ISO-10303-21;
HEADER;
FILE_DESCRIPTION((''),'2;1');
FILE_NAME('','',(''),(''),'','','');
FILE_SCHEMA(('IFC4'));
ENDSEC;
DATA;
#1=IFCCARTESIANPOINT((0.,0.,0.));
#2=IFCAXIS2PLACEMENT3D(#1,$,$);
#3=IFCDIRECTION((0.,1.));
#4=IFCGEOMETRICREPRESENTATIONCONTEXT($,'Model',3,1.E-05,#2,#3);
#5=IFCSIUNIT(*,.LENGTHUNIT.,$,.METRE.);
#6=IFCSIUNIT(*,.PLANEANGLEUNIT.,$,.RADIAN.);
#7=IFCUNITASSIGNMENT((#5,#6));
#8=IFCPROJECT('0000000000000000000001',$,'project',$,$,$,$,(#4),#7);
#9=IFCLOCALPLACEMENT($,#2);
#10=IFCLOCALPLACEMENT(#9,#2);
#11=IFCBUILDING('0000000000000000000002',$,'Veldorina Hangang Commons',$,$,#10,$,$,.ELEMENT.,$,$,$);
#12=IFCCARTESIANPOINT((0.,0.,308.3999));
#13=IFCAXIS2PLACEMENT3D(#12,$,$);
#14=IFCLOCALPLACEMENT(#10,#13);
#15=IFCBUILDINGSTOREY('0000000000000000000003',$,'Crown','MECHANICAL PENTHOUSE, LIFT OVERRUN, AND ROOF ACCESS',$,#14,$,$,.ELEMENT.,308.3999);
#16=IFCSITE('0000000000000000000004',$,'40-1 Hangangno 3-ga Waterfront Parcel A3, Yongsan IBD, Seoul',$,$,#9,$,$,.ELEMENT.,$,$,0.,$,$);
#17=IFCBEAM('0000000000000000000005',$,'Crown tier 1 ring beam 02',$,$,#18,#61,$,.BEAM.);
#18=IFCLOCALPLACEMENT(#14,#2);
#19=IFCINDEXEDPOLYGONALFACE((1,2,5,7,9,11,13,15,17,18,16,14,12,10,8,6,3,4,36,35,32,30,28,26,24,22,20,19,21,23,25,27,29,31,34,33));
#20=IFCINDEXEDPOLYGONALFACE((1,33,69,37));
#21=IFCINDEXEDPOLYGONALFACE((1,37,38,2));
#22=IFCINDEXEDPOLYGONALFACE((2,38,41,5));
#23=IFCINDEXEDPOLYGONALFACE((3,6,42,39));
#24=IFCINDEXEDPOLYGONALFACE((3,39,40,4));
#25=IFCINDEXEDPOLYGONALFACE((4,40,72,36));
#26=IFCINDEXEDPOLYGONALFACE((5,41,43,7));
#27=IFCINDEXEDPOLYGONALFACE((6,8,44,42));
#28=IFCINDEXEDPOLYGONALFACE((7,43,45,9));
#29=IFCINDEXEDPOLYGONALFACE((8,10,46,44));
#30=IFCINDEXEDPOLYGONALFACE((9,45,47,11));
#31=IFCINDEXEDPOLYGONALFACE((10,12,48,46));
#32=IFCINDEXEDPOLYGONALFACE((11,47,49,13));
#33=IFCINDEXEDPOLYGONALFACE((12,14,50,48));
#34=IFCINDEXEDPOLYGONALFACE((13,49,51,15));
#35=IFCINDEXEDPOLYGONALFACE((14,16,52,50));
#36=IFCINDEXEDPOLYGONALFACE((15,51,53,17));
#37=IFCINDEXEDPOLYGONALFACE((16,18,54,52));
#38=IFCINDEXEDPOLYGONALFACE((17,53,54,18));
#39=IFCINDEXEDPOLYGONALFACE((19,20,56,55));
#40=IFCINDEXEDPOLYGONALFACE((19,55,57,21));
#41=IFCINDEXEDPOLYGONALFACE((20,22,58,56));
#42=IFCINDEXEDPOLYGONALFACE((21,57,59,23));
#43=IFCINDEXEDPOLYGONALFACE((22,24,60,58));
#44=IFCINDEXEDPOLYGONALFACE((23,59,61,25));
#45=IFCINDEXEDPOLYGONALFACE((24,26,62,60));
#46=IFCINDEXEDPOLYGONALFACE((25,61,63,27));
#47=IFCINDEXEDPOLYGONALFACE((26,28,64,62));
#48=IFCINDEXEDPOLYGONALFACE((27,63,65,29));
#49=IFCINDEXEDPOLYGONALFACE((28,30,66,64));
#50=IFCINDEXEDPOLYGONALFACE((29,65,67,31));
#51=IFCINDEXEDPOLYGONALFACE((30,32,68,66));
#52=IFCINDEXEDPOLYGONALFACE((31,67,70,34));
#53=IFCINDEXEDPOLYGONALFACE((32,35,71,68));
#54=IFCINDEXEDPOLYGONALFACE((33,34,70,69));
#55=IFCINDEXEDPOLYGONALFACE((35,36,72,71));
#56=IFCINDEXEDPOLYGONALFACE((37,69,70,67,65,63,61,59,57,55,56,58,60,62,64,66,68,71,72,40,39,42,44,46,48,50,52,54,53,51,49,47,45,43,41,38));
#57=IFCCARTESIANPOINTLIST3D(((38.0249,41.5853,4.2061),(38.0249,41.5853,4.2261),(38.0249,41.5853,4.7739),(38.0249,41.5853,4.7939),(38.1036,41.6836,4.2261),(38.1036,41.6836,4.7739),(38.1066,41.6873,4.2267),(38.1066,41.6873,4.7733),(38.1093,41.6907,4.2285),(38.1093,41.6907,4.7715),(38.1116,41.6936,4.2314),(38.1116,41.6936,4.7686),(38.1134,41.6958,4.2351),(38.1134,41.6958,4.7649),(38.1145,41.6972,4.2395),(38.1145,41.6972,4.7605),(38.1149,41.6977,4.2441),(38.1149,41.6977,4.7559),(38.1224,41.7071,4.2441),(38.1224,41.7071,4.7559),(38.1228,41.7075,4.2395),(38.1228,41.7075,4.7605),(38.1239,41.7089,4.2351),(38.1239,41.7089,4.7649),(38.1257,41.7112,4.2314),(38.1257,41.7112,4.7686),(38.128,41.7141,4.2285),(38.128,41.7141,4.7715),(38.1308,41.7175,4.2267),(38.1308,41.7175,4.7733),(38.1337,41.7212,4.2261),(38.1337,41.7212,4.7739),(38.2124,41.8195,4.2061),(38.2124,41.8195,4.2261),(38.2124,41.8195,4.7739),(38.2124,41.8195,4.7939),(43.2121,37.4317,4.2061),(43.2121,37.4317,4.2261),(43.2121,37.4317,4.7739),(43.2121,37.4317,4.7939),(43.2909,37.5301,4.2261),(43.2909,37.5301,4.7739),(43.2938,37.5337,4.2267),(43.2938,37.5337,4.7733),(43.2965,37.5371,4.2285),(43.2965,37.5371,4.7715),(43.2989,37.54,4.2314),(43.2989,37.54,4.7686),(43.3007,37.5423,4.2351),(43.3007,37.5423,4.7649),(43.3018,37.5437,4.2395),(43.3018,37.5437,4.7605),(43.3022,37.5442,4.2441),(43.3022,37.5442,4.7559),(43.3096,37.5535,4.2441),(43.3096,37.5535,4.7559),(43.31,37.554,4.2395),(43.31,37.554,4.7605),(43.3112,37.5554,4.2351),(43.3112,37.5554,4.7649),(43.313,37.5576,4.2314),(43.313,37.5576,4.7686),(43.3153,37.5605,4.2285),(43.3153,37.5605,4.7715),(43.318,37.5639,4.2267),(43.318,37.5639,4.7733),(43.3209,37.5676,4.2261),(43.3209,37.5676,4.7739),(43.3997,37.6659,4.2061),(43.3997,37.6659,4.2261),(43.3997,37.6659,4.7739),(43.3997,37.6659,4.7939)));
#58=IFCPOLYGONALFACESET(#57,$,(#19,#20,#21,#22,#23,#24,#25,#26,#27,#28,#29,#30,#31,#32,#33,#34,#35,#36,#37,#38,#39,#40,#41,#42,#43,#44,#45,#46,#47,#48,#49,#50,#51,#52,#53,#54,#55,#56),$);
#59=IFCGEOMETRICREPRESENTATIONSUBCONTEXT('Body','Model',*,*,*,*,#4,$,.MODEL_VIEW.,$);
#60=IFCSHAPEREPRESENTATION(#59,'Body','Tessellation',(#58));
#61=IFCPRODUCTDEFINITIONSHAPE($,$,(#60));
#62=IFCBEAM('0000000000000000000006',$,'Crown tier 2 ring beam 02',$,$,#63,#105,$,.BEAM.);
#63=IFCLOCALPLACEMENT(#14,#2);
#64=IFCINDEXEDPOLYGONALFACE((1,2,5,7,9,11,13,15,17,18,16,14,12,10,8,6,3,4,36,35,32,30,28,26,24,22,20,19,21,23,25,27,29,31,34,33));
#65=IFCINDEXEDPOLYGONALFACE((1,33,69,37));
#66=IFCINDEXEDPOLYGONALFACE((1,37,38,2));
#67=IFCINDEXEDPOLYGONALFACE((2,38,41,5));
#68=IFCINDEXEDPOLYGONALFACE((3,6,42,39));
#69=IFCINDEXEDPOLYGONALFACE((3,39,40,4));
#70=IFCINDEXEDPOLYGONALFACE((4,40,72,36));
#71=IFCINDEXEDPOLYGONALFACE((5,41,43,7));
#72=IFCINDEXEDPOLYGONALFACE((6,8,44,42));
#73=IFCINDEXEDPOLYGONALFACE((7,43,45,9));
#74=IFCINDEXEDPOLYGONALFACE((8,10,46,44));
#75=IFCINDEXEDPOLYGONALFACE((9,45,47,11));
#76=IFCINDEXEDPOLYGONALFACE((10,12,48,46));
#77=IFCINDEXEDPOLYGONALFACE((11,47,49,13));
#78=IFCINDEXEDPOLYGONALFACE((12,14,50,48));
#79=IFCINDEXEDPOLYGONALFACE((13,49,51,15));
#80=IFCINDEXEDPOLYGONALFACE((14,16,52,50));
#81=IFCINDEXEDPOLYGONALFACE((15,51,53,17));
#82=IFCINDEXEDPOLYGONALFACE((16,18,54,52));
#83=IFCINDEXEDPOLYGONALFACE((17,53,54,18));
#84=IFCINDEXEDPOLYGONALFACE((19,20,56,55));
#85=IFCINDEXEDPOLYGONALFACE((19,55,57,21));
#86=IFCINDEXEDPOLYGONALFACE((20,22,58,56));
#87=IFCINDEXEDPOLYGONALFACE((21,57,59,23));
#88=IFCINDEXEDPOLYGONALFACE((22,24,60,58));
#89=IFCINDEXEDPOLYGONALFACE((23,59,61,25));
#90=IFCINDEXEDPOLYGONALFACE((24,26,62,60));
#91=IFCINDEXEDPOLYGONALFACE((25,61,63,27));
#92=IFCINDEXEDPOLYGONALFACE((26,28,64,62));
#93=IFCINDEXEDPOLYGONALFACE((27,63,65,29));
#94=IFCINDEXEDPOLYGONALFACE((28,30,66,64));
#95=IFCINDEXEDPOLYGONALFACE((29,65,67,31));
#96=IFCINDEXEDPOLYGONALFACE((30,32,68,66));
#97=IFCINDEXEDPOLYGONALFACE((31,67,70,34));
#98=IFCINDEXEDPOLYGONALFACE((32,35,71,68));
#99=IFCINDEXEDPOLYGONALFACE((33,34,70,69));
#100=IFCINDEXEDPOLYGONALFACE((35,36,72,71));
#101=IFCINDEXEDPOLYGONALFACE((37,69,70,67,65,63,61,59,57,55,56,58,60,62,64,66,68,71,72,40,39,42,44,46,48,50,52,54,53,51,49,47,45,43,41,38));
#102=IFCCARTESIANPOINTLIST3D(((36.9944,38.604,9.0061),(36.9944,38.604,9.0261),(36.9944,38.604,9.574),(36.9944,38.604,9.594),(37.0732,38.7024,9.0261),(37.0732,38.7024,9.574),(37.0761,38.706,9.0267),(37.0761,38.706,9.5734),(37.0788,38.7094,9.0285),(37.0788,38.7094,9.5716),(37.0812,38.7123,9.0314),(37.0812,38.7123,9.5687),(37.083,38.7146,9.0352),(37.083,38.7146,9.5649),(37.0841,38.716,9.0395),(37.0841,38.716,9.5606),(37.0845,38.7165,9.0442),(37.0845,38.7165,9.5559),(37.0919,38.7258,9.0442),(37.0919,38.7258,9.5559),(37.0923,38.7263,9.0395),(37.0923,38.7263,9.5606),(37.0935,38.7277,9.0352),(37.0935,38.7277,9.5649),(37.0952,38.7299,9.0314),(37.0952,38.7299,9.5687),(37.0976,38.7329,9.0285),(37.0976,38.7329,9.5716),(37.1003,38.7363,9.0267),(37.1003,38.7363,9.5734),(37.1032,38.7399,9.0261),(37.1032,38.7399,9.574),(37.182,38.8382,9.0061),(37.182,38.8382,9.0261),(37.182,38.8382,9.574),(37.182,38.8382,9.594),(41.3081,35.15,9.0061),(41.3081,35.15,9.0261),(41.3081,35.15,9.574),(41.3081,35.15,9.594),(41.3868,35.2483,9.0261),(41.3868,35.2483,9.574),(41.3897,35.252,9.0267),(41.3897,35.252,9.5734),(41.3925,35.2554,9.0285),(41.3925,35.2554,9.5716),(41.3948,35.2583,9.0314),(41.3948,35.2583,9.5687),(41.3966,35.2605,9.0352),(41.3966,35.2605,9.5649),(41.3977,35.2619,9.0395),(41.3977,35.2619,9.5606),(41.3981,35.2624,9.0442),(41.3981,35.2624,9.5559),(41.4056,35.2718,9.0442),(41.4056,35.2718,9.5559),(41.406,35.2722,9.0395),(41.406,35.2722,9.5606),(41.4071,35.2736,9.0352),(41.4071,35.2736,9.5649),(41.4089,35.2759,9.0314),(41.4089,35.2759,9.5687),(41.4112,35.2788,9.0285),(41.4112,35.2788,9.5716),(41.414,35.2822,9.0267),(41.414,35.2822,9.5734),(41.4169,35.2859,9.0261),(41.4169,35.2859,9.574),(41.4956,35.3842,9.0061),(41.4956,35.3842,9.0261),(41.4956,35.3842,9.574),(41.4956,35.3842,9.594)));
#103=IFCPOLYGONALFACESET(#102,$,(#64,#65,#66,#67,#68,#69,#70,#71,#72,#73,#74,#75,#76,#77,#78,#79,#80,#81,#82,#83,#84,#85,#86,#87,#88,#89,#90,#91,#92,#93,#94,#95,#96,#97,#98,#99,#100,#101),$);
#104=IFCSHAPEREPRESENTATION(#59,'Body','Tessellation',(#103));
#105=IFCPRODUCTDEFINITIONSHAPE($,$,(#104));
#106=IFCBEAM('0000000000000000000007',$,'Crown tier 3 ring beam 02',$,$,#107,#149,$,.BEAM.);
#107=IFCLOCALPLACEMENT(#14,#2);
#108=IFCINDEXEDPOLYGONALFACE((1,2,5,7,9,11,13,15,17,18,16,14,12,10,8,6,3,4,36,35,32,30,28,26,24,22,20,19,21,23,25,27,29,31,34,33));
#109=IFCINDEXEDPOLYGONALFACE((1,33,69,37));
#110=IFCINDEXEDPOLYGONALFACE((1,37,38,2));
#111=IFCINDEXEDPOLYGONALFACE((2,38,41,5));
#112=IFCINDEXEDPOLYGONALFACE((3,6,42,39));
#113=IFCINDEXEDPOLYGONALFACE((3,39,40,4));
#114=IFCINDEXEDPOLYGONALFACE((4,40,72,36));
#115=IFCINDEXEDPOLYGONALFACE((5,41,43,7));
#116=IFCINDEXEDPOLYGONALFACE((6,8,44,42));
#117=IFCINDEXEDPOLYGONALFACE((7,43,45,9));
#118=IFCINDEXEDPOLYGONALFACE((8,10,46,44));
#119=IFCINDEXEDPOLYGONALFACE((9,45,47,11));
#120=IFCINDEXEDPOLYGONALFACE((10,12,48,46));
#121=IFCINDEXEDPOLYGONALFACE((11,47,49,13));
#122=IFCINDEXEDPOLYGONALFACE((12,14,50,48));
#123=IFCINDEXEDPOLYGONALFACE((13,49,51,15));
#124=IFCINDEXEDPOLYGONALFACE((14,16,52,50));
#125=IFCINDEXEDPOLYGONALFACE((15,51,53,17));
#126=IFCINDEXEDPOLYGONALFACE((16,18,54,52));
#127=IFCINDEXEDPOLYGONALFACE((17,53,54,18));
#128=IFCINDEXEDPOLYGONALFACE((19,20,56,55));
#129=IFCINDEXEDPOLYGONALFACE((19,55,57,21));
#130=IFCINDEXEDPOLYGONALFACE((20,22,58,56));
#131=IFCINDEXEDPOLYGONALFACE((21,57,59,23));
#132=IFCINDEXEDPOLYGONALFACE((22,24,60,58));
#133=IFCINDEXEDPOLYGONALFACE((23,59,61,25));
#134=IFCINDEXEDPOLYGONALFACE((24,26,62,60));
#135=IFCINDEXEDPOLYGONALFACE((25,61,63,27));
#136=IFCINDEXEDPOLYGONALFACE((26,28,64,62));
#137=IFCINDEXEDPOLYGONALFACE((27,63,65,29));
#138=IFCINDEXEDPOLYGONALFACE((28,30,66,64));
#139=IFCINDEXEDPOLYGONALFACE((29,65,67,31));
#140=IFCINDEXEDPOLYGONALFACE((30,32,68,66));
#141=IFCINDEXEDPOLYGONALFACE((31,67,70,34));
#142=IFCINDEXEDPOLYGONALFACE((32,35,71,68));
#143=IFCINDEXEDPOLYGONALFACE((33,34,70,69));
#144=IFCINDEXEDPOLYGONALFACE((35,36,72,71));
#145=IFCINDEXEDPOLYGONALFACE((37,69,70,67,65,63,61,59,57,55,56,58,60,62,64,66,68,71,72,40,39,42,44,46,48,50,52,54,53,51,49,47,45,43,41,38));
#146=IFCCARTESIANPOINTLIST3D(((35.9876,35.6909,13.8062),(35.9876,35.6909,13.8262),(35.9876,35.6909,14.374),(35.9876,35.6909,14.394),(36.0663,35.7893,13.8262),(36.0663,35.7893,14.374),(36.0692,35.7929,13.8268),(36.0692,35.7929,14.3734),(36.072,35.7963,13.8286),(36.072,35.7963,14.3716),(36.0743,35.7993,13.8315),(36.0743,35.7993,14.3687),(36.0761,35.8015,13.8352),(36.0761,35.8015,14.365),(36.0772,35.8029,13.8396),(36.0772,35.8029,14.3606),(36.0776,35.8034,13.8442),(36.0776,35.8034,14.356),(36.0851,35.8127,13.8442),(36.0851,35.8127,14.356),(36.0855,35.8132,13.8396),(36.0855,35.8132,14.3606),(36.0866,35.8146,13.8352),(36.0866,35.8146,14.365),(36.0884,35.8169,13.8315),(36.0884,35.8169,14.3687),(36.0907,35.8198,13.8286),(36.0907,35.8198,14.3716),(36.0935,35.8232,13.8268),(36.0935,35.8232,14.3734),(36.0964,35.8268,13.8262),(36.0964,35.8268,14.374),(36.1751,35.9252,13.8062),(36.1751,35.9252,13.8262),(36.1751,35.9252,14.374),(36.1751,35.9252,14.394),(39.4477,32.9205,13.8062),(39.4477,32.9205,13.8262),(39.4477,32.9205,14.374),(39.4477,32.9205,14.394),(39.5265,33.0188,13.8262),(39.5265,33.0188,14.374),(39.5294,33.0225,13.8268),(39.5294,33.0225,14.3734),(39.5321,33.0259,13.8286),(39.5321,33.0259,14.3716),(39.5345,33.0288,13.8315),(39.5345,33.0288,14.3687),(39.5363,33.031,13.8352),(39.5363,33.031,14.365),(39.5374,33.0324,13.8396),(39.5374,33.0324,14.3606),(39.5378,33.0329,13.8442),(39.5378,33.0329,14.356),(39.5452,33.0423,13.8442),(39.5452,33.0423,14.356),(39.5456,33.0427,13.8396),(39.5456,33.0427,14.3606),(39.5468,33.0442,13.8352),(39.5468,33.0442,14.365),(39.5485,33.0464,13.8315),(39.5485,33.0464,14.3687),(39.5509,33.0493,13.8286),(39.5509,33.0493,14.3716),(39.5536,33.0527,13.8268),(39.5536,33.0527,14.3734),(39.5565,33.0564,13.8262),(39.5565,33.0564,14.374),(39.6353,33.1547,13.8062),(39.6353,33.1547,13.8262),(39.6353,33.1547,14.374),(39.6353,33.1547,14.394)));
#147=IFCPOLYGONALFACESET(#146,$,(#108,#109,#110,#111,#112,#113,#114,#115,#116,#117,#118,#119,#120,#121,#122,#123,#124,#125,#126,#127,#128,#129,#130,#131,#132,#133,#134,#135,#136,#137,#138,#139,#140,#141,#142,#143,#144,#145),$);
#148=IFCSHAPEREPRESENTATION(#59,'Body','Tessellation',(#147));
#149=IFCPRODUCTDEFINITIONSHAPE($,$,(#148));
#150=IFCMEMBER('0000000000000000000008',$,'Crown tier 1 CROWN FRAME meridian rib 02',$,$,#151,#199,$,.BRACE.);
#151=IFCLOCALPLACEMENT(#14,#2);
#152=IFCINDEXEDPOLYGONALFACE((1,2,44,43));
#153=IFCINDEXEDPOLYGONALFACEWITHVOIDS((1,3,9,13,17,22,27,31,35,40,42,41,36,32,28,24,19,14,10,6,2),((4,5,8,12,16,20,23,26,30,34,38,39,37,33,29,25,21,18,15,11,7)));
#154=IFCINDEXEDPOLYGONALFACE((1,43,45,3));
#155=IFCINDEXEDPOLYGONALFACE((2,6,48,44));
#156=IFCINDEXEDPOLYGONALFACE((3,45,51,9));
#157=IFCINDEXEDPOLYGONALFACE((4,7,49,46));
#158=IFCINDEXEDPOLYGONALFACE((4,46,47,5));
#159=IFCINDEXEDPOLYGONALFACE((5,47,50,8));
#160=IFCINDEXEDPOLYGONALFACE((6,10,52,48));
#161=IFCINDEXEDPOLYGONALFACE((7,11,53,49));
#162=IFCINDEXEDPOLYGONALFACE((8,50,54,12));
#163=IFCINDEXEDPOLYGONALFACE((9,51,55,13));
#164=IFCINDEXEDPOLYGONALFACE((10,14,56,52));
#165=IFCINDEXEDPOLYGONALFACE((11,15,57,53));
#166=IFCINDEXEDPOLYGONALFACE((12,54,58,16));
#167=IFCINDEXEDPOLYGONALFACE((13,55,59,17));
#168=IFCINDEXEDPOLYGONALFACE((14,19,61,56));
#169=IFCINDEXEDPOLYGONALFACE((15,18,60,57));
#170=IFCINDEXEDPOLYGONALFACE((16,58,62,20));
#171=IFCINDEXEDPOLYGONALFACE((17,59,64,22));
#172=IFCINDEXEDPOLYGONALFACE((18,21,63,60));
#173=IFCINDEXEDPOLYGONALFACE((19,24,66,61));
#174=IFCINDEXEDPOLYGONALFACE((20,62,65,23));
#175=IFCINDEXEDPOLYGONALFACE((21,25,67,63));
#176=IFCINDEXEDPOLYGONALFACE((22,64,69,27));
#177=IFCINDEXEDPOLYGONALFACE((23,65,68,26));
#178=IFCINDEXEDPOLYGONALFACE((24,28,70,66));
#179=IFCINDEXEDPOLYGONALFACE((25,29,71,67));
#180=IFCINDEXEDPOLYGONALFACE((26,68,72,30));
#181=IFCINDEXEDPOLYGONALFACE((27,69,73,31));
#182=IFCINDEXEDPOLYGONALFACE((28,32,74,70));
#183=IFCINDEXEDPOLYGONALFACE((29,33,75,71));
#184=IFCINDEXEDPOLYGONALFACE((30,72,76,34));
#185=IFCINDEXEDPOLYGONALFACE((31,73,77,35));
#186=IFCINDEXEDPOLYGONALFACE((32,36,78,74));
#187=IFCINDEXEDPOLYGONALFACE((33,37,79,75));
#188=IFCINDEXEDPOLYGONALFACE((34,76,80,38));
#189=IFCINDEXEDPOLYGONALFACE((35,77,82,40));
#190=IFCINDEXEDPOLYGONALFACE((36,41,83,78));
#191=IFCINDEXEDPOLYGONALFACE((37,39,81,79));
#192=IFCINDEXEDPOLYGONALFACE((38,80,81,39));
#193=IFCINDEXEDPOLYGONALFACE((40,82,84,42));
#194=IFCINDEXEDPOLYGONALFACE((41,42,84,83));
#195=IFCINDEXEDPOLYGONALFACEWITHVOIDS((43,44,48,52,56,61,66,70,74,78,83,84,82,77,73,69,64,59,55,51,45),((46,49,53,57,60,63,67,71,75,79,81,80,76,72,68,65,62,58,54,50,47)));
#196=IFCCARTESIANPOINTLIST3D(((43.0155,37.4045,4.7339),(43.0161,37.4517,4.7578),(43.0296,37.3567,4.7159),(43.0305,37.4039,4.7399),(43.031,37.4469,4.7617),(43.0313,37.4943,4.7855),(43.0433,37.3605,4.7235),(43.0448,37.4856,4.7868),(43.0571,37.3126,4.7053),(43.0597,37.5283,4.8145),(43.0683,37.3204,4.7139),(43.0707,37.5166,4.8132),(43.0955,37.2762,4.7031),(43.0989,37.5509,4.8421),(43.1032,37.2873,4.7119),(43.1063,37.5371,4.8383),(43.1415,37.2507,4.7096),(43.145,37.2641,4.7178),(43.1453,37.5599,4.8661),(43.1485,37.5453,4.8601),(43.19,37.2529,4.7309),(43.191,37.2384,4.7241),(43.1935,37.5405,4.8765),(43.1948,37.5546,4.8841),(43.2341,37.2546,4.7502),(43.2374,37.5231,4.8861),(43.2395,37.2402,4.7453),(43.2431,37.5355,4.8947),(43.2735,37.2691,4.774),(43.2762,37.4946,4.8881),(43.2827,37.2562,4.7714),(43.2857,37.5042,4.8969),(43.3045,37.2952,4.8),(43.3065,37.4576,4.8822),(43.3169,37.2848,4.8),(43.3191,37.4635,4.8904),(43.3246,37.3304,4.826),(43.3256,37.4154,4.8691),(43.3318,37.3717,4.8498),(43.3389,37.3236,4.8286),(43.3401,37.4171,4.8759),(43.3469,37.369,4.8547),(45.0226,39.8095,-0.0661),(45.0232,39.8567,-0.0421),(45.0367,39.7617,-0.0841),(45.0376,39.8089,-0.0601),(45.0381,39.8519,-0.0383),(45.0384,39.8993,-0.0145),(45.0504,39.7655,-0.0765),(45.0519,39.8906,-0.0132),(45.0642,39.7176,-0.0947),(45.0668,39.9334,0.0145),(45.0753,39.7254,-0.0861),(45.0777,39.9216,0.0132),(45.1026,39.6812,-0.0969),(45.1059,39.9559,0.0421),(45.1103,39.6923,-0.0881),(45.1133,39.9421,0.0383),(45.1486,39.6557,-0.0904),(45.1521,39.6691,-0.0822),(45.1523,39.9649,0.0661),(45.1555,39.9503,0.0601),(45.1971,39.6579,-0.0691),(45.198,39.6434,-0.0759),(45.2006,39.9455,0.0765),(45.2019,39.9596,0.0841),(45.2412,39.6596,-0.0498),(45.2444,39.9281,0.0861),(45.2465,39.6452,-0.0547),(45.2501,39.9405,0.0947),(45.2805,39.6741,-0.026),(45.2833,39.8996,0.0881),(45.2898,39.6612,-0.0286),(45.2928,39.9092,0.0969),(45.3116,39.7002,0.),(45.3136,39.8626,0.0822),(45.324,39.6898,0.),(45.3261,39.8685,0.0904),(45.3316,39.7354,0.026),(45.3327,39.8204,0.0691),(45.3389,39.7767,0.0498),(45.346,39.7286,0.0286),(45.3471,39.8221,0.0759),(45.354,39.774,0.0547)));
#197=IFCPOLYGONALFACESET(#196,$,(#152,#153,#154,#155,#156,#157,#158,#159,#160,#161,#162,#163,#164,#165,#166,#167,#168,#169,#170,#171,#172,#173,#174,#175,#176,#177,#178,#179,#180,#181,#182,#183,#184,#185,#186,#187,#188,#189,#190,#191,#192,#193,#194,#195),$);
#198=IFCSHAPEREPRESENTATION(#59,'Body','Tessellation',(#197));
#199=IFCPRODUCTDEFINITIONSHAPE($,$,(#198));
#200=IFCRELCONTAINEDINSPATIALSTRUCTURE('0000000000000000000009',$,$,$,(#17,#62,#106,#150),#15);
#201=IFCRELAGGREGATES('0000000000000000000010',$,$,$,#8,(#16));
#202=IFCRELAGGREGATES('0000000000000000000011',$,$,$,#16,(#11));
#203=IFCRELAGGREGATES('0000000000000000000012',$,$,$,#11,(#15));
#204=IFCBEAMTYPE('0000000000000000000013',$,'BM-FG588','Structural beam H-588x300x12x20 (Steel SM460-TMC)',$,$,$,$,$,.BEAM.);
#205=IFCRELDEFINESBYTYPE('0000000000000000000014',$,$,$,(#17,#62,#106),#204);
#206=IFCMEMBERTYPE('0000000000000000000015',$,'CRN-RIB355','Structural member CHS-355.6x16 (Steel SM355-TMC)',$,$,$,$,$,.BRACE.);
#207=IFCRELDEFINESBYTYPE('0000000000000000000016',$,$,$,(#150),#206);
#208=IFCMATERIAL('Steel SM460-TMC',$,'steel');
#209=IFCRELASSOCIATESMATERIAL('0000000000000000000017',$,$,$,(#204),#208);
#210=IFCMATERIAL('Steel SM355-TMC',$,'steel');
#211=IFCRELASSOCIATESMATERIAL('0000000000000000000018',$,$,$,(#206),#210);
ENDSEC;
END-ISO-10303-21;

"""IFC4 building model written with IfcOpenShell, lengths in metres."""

from ifc_helpers import new_model, si_unit, direction, frame, origin, origin_2d, place, context, subcontext, project, spatial, hollow_circle, i_section, extrude, material, material_profile, profile_set, type_object, element, save


model = new_model("IFC4")

# Units and contexts
model_context = context("Model", 3, precision=1e-05, world=origin(), true_north=direction((0.0, 1.0)))
body_context = subcontext(model_context, "Body", "Model", "MODEL_VIEW")
ifc_project = project(units=[si_unit("LENGTHUNIT", "METRE"), si_unit("PLANEANGLEUNIT", "RADIAN")], contexts=[model_context])

# Site, building, storey
site_placement = place(None, origin())
site = spatial("IfcSite", under=ifc_project, at=site_placement, Name="40-1 Hangangno 3-ga Waterfront Parcel A3, Yongsan IBD, Seoul", CompositionType="ELEMENT", RefElevation=0.0)
building_placement = place(site_placement, origin())
building = spatial("IfcBuilding", under=site, at=building_placement, Name="Veldorina Hangang Commons", CompositionType="ELEMENT")
storey_placement = place(building_placement, frame((0.0, 0.0, 308.3999)))
storey = spatial("IfcBuildingStorey", under=building, at=storey_placement, Name="Crown", Description="MECHANICAL PENTHOUSE, LIFT OVERRUN, AND ROOF ACCESS", CompositionType="ELEMENT", Elevation=308.3999)

# Beams
ifc_material_1 = material(Name="Steel SM460-TMC", Category="steel")
ifc_material_profile_1 = material_profile(ifc_material_1, i_section(OverallWidth=0.3, OverallDepth=0.5879, WebThickness=0.012, FlangeThickness=0.02, FilletRadius=0.0181, at=origin_2d()), Name="H-588x300x12x20")
ifc_profile_set_1 = profile_set([ifc_material_profile_1], Name="Steel SM460-TMC")
beam_type = type_object("IfcBeamType", Name="BM-FG588", Description="Structural beam H-588x300x12x20 (Steel SM460-TMC)", PredefinedType="BEAM", material=ifc_profile_set_1)
beam_1_placement = place(storey_placement, frame((43.3059, 37.5488, 4.5), z_axis=(-0.780593, 0.62504, 0.0), x_axis=(-0.62504, -0.780593, 0.0)))
element("IfcBeam", 1, at=beam_1_placement, inside=storey, type_object=beam_type, Name="Crown tier 1 ring beam 02", PredefinedType="BEAM", context=body_context, shape_type="SweptSolid", body=[
    extrude(i_section(OverallWidth=0.3, OverallDepth=0.5879, WebThickness=0.012, FlangeThickness=0.02, FilletRadius=0.0181, at=origin_2d()), origin(), (0.0, 0.0, 1.0), 6.6453),
])
beam_2_placement = place(storey_placement, frame((41.4019, 35.2671, 9.3), z_axis=(-0.780593, 0.62504, 0.0), x_axis=(-0.62504, -0.780593, 0.0)))
element("IfcBeam", 2, at=beam_2_placement, inside=storey, type_object=beam_type, Name="Crown tier 2 ring beam 02", PredefinedType="BEAM", context=body_context, shape_type="SweptSolid", body=[
    extrude(i_section(OverallWidth=0.3, OverallDepth=0.5879, WebThickness=0.012, FlangeThickness=0.02, FilletRadius=0.0181, at=origin_2d()), origin(), (0.0, 0.0, 1.0), 5.5261),
])
beam_3_placement = place(storey_placement, frame((39.5415, 33.0376, 14.1001), z_axis=(-0.780611, 0.625017, 0.0), x_axis=(-0.625017, -0.780611, 0.0)))
element("IfcBeam", 3, at=beam_3_placement, inside=storey, type_object=beam_type, Name="Crown tier 3 ring beam 02", PredefinedType="BEAM", context=body_context, shape_type="SweptSolid", body=[
    extrude(i_section(OverallWidth=0.3, OverallDepth=0.5879, WebThickness=0.012, FlangeThickness=0.02, FilletRadius=0.0181, at=origin_2d()), origin(), (0.0, 0.0, 1.0), 4.4326),
])

# Member
ifc_material_2 = material(Name="Steel SM355-TMC", Category="steel")
ifc_material_profile_2 = material_profile(ifc_material_2, hollow_circle(Radius=0.1777, WallThickness=0.0161, at=origin_2d()), Name="CHS-355.6x16")
ifc_profile_set_2 = profile_set([ifc_material_profile_2], Name="Steel SM355-TMC")
member_type_1 = type_object("IfcMemberType", Name="CRN-RIB355", Description="Structural member CHS-355.6x16 (Steel SM355-TMC)", PredefinedType="BRACE", material=ifc_profile_set_2)
member_1_placement = place(storey_placement, frame((45.1875, 39.8037, 0.0), z_axis=(-0.350169, -0.419597, 0.837448), x_axis=(0.767768, -0.640729, 0.0)))
element("IfcMember", 4, at=member_1_placement, inside=storey, type_object=member_type_1, Name="Crown tier 1 CROWN FRAME meridian rib 02", PredefinedType="BRACE", context=body_context, shape_type="SweptSolid", body=[
    extrude(hollow_circle(Radius=0.1777, WallThickness=0.0161, at=origin_2d()), origin(), (0.0, 0.0, 1.0), 5.7317),
])

save(model, "model.ifc")
